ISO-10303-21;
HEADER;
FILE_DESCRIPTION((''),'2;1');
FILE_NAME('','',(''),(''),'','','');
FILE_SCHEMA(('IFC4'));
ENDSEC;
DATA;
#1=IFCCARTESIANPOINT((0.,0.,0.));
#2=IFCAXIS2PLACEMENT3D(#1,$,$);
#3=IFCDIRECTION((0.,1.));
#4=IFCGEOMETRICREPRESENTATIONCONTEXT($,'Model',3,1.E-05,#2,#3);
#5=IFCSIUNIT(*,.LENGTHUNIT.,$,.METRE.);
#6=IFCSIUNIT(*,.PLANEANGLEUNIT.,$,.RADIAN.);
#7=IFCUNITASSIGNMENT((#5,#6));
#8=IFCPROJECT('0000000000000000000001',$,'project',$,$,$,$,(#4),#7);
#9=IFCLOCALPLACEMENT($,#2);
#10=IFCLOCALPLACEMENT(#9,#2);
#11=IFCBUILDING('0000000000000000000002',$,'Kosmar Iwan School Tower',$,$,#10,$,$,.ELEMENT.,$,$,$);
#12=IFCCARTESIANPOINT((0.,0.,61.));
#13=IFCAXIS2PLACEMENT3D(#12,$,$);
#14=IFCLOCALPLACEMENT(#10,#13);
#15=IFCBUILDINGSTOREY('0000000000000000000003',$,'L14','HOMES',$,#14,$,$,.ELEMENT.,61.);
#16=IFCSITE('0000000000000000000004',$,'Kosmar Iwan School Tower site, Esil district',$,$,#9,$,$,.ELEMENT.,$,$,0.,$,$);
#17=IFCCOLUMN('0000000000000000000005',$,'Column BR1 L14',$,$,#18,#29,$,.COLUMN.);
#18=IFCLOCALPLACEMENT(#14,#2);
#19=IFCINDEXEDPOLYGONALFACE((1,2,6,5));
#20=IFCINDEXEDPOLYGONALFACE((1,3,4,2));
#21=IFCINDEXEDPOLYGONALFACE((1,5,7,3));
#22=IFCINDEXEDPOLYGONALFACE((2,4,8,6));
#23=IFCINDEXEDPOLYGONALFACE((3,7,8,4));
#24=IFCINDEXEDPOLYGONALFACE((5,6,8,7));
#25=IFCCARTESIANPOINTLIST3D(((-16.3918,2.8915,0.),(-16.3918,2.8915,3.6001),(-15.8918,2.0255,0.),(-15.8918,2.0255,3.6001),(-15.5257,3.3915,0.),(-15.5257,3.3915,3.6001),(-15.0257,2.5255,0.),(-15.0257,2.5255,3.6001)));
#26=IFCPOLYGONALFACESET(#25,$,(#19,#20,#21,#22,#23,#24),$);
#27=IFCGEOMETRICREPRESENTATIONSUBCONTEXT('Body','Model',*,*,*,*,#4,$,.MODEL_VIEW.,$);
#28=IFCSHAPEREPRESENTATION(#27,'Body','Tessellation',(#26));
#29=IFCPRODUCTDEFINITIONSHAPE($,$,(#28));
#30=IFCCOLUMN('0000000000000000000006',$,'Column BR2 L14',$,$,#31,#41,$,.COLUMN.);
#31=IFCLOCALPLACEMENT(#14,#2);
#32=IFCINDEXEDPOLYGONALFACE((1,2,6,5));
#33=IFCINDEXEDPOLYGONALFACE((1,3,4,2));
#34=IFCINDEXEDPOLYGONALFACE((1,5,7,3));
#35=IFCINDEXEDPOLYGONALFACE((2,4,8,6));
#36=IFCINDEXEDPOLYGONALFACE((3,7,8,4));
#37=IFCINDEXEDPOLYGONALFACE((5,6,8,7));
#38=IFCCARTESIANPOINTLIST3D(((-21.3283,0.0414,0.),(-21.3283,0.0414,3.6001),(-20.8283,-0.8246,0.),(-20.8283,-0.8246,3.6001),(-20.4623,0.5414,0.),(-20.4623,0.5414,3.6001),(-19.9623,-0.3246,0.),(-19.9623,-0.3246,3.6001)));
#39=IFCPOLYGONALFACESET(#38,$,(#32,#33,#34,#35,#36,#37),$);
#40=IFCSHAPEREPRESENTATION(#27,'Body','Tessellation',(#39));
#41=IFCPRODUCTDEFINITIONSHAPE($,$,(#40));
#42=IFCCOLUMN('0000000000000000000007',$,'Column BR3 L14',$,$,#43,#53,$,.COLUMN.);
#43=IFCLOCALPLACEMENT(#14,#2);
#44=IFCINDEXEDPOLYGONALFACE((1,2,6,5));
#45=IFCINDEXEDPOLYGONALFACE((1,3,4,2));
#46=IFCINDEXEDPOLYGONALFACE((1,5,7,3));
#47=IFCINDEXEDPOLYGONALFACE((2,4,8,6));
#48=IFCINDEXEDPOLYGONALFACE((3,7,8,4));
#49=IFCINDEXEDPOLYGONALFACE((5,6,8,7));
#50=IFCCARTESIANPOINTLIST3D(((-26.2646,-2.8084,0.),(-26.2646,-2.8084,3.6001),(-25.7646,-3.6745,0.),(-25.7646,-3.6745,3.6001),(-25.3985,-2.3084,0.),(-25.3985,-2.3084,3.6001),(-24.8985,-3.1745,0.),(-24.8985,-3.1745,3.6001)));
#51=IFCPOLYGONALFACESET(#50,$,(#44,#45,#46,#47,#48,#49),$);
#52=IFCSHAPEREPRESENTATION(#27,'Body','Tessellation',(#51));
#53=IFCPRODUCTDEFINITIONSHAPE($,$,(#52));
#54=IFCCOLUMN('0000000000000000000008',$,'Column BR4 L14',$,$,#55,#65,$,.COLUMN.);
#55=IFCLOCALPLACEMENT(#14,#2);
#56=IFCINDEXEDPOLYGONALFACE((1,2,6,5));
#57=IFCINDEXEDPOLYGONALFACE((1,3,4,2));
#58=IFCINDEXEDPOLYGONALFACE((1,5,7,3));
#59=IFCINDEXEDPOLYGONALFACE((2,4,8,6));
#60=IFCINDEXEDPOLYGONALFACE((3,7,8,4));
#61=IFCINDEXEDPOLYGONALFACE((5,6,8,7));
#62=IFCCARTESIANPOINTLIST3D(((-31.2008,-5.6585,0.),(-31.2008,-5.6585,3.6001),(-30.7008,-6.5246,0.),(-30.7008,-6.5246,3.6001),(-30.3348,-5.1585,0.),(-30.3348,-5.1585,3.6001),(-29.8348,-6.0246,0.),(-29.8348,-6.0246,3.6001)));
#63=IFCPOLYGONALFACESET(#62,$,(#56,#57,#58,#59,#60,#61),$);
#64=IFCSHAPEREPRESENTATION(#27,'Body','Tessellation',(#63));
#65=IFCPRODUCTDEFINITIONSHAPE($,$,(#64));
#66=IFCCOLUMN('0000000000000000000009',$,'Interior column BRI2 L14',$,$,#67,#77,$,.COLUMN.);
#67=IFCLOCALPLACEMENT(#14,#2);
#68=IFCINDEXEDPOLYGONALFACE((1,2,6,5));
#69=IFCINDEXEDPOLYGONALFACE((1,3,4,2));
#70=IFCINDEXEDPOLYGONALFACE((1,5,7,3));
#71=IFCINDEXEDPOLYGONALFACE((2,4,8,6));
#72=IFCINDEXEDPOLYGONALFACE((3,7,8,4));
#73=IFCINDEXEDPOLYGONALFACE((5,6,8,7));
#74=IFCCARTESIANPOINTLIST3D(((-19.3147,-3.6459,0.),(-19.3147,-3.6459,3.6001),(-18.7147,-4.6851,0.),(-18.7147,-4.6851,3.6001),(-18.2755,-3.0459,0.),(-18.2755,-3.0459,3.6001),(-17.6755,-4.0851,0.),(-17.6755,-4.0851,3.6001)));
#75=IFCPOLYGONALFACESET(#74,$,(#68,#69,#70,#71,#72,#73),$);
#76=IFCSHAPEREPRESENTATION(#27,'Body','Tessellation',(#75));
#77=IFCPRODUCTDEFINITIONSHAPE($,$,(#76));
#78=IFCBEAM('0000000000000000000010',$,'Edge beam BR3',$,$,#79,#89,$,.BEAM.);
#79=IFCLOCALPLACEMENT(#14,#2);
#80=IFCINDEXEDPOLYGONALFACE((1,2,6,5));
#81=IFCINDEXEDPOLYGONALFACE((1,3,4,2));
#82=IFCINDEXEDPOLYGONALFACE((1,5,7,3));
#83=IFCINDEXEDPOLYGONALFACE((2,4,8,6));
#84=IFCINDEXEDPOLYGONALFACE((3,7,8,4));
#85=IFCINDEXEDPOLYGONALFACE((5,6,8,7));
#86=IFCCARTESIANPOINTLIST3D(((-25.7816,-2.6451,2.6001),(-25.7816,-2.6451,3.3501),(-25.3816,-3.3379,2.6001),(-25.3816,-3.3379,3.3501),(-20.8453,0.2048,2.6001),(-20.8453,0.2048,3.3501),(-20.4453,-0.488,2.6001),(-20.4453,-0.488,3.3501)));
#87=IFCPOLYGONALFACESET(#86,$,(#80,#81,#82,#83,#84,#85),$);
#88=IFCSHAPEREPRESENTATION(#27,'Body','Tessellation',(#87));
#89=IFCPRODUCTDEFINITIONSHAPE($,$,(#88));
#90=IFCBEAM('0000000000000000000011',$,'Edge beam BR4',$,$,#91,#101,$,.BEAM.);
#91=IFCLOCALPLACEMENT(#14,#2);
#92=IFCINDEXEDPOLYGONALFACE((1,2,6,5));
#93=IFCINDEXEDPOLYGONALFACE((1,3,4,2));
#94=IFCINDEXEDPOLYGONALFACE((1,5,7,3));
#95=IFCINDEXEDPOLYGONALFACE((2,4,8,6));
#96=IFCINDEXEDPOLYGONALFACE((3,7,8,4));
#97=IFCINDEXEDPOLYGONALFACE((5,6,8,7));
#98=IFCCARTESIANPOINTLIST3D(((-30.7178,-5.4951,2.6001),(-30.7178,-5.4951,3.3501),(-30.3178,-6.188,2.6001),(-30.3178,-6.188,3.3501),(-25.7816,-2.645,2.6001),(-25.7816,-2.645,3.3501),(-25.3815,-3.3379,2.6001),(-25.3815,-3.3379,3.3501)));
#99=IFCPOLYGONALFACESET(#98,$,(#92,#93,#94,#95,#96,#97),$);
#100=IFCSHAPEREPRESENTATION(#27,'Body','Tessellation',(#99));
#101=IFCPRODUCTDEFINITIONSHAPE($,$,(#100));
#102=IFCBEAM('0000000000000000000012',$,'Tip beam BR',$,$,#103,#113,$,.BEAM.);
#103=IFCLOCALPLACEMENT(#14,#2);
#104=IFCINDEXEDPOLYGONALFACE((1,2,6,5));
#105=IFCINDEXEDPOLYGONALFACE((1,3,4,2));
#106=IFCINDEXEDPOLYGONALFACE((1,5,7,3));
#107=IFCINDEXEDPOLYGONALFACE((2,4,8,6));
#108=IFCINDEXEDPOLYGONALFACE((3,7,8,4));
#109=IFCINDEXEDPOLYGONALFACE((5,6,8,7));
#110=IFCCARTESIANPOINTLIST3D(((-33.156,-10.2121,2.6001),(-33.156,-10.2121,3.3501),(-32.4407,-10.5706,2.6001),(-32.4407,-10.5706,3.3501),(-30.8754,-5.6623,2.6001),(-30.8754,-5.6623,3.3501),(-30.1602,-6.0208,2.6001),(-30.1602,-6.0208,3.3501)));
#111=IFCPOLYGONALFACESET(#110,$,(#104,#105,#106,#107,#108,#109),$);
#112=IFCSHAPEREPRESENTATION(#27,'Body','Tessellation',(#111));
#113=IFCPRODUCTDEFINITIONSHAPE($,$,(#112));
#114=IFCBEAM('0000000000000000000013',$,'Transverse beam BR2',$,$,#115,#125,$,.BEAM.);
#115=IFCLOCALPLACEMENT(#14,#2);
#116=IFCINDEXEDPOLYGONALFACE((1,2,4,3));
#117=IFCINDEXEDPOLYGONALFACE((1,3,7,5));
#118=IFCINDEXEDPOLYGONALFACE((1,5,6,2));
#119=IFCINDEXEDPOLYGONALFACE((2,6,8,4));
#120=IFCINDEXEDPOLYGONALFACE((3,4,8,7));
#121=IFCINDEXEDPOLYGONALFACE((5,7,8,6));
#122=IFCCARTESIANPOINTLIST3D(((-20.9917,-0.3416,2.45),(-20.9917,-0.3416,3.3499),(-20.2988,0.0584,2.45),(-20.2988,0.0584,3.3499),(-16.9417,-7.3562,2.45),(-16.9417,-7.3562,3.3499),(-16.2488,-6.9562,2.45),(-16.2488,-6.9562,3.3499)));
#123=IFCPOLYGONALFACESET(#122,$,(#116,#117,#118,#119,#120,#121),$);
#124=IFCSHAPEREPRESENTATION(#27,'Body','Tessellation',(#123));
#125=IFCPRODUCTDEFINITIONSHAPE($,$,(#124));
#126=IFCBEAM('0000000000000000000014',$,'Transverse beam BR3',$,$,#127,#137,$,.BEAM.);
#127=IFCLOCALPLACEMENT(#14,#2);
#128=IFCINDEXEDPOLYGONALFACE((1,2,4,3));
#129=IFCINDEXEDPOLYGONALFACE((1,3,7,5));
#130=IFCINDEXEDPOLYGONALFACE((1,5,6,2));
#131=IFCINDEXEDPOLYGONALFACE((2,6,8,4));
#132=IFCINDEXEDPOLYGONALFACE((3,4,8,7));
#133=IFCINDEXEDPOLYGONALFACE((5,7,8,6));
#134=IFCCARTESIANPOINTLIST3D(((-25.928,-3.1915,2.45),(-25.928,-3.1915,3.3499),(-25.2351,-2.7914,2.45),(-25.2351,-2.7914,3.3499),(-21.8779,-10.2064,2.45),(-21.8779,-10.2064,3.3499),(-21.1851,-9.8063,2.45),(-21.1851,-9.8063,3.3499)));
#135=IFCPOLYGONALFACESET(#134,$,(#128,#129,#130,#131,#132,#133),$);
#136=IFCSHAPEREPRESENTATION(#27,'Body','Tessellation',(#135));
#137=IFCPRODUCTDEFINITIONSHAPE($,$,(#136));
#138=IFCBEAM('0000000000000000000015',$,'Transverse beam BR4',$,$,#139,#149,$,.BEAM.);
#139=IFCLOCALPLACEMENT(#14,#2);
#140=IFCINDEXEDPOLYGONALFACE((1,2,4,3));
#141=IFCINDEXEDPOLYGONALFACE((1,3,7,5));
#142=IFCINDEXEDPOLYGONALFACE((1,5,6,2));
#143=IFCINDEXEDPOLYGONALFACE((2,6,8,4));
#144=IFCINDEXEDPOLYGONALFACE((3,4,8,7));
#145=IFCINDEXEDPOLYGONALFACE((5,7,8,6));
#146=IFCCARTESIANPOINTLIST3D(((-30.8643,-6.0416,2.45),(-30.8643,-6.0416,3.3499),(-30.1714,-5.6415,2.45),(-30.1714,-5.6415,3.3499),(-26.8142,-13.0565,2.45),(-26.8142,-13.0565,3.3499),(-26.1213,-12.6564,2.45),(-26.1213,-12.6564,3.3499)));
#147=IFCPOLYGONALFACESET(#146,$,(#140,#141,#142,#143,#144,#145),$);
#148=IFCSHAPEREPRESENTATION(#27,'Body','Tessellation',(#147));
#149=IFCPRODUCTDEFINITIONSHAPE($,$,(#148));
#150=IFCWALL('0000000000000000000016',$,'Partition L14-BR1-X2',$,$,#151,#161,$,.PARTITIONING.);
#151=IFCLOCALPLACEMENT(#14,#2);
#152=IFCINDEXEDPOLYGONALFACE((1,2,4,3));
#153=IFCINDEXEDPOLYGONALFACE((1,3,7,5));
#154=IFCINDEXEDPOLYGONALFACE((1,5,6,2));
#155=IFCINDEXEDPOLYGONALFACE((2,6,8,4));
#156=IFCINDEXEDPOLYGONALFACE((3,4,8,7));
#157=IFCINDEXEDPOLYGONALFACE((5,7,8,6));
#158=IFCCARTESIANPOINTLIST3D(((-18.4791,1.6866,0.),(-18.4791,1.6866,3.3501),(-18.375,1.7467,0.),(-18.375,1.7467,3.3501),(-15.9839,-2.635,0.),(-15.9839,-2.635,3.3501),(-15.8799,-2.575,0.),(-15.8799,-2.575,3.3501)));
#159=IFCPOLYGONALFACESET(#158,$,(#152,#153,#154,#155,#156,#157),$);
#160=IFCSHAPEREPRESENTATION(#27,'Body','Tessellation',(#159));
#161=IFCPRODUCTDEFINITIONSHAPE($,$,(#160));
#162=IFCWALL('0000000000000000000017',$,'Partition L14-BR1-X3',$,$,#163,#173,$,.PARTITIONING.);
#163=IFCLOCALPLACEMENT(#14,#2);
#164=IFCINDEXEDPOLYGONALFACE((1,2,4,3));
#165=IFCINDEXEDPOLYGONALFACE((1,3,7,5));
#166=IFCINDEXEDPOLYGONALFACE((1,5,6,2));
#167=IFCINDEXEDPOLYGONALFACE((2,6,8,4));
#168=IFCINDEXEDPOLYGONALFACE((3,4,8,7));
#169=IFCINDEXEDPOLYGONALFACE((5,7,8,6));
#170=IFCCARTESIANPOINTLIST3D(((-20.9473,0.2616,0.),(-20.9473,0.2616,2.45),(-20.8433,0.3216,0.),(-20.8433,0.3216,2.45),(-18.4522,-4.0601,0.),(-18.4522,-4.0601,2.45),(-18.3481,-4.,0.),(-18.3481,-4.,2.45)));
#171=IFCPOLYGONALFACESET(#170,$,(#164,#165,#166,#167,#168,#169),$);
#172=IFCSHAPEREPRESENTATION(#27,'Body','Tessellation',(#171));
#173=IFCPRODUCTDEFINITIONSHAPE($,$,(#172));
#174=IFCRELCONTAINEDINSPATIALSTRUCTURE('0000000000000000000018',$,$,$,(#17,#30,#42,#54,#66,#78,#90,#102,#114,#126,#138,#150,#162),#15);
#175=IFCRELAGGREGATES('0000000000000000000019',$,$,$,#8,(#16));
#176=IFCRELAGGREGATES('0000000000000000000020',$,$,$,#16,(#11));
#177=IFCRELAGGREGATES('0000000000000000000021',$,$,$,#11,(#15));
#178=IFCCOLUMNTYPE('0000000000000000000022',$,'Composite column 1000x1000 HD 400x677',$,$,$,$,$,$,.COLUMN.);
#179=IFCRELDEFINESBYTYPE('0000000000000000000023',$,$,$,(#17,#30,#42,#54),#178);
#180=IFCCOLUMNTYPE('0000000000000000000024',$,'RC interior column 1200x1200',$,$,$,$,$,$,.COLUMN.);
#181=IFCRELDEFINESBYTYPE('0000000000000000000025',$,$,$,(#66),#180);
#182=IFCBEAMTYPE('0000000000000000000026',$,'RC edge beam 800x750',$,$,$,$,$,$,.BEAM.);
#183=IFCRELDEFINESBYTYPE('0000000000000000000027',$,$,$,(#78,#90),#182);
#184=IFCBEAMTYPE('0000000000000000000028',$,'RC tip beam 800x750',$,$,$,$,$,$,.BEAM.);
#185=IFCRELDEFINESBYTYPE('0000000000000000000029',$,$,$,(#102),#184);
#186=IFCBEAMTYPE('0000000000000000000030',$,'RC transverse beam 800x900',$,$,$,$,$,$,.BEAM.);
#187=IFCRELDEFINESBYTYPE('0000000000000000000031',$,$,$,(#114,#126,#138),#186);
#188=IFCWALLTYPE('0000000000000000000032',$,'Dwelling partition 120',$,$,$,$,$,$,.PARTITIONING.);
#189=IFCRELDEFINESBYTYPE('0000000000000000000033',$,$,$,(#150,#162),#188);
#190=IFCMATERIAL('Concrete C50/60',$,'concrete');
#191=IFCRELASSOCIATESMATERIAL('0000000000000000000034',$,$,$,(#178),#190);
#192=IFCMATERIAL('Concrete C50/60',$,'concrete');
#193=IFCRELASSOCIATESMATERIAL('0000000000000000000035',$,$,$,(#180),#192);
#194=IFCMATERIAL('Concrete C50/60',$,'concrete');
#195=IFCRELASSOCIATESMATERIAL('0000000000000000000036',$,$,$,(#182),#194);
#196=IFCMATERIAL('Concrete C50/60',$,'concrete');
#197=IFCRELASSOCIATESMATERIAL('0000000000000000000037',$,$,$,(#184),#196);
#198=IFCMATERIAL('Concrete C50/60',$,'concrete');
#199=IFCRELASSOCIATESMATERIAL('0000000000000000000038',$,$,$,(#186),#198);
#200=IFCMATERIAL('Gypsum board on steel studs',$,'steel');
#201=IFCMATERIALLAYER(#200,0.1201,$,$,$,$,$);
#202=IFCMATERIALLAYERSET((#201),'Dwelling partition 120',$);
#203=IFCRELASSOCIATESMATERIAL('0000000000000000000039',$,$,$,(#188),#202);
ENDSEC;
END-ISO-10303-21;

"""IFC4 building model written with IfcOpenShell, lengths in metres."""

from ifc_helpers import new_model, si_unit, direction, frame, frame_2d, origin, origin_2d, place, context, subcontext, project, spatial, rectangle, extrude, material, layer, layer_set, material_profile, profile_set, type_object, element, save


model = new_model("IFC4")

# Units and contexts
model_context = context("Model", 3, precision=1e-05, world=origin(), true_north=direction((0.0, 1.0)))
body_context = subcontext(model_context, "Body", "Model", "MODEL_VIEW")
ifc_project = project(units=[si_unit("LENGTHUNIT", "METRE"), si_unit("PLANEANGLEUNIT", "RADIAN")], contexts=[model_context])

# Site, building, storey
site_placement = place(None, origin())
site = spatial("IfcSite", under=ifc_project, at=site_placement, Name="Kosmar Iwan School Tower site, Esil district", CompositionType="ELEMENT", RefElevation=0.0)
building_placement = place(site_placement, origin())
building = spatial("IfcBuilding", under=site, at=building_placement, Name="Kosmar Iwan School Tower", CompositionType="ELEMENT")
storey_placement = place(building_placement, frame((0.0, 0.0, 61.0)))
storey = spatial("IfcBuildingStorey", under=building, at=storey_placement, Name="L14", Description="HOMES", CompositionType="ELEMENT", Elevation=61.0)

# Columns
ifc_material_1 = material(Name="Concrete C50/60", Category="concrete")
ifc_material_profile_1 = material_profile(ifc_material_1, rectangle(XDim=1.0, YDim=1.0, at=origin_2d()), Name="RC 1000x1000 + HD 400x677")
ifc_profile_set_1 = profile_set([ifc_material_profile_1], Name="Concrete C50/60")
column_type_1 = type_object("IfcColumnType", Name="Composite column 1000x1000 HD 400x677", PredefinedType="COLUMN", material=ifc_profile_set_1)
for number, where, z_axis, x_axis, name in (
    (1, (-15.7087, 2.7085, 0.0), (0.0, 0.0, 1.0), (-0.866025, -0.5, 0.0), "Column BR1 L14"),
    (2, (-20.6453, -0.1416, 0.0), (0.0, 0.0, 1.0), (-0.866025, -0.5, 0.0), "Column BR2 L14"),
    (3, (-25.5815, -2.9915, 0.0), (0.0, 0.0, 1.0), (-0.866025, -0.5, 0.0), "Column BR3 L14"),
    (4, (-30.5178, -5.8416, 0.0), (0.0, 0.0, 1.0), (-0.866025, -0.5, 0.0), "Column BR4 L14"),
):
    element("IfcColumn", number, at=place(storey_placement, frame(where, z_axis=z_axis, x_axis=x_axis)), inside=storey, type_object=column_type_1, Name=name, PredefinedType="COLUMN", context=body_context, shape_type="SweptSolid", body=[
        extrude(rectangle(XDim=1.0, YDim=1.0, at=origin_2d()), origin(), (0.0, 0.0, 1.0), 3.6001),
    ])
ifc_material_2 = material(Name="Concrete C50/60", Category="concrete")
ifc_material_profile_2 = material_profile(ifc_material_2, rectangle(XDim=1.2, YDim=1.2, at=origin_2d()), Name="RC 1200x1200")
ifc_profile_set_2 = profile_set([ifc_material_profile_2], Name="Concrete C50/60")
column_type_2 = type_object("IfcColumnType", Name="RC interior column 1200x1200", PredefinedType="COLUMN", material=ifc_profile_set_2)
column_placement = place(storey_placement, frame((-18.4951, -3.8655, 0.0), z_axis=(0.0, 0.0, 1.0), x_axis=(-0.866025, -0.5, 0.0)))
element("IfcColumn", 5, at=column_placement, inside=storey, type_object=column_type_2, Name="Interior column BRI2 L14", PredefinedType="COLUMN", context=body_context, shape_type="SweptSolid", body=[
    extrude(rectangle(XDim=1.2, YDim=1.2, at=origin_2d()), origin(), (0.0, 0.0, 1.0), 3.6001),
])

# Beams
ifc_material_3 = material(Name="Concrete C50/60", Category="concrete")
ifc_material_profile_3 = material_profile(ifc_material_3, rectangle(XDim=0.8, YDim=0.75, at=origin_2d()), Name="RC 800x750")
ifc_profile_set_3 = profile_set([ifc_material_profile_3], Name="Concrete C50/60")
beam_type_1 = type_object("IfcBeamType", Name="RC edge beam 800x750", PredefinedType="BEAM", material=ifc_profile_set_3)
for number, where, z_axis, x_axis, name in (
    (6, (-20.6453, -0.1416, 2.9751), (-0.866034, -0.499986, 0.0), (0.499986, -0.866034, 0.0), "Edge beam BR3"),
    (7, (-25.5815, -2.9915, 2.9751), (-0.866015, -0.500018, 0.0), (0.500018, -0.866015, 0.0), "Edge beam BR4"),
):
    element("IfcBeam", number, at=place(storey_placement, frame(where, z_axis=z_axis, x_axis=x_axis)), inside=storey, type_object=beam_type_1, Name=name, PredefinedType="BEAM", context=body_context, shape_type="SweptSolid", body=[
        extrude(rectangle(XDim=0.8, YDim=0.75, at=origin_2d()), origin(), (0.0, 0.0, 1.0), 5.7),
    ])
ifc_material_4 = material(Name="Concrete C50/60", Category="concrete")
ifc_material_profile_4 = material_profile(ifc_material_4, rectangle(XDim=0.8, YDim=0.75, at=origin_2d()), Name="RC 800x750")
ifc_profile_set_4 = profile_set([ifc_material_profile_4], Name="Concrete C50/60")
beam_type_2 = type_object("IfcBeamType", Name="RC tip beam 800x750", PredefinedType="BEAM", material=ifc_profile_set_4)
beam_1_placement = place(storey_placement, frame((-30.5178, -5.8416, 2.9751), z_axis=(-0.448096, -0.893985, 0.0), x_axis=(0.893985, -0.448096, 0.0)))
element("IfcBeam", 8, at=beam_1_placement, inside=storey, type_object=beam_type_2, Name="Tip beam BR", PredefinedType="BEAM", context=body_context, shape_type="SweptSolid", body=[
    extrude(rectangle(XDim=0.8, YDim=0.75, at=origin_2d()), origin(), (0.0, 0.0, 1.0), 5.0894),
])
ifc_material_5 = material(Name="Concrete C50/60", Category="concrete")
ifc_material_profile_5 = material_profile(ifc_material_5, rectangle(XDim=0.8, YDim=0.8999, at=origin_2d()), Name="RC 800x900")
ifc_profile_set_5 = profile_set([ifc_material_profile_5], Name="Concrete C50/60")
beam_type_3 = type_object("IfcBeamType", Name="RC transverse beam 800x900", PredefinedType="BEAM", material=ifc_profile_set_5)
beam_2_placement = place(storey_placement, frame((-20.6453, -0.1416, 2.8999), z_axis=(0.500013, -0.866018, 0.0), x_axis=(0.866018, 0.500013, 0.0)))
element("IfcBeam", 9, at=beam_2_placement, inside=storey, type_object=beam_type_3, Name="Transverse beam BR2", PredefinedType="BEAM", context=body_context, shape_type="SweptSolid", body=[
    extrude(rectangle(XDim=0.8, YDim=0.8999, at=origin_2d()), origin(), (0.0, 0.0, 1.0), 8.0999),
])
for number, where, z_axis, x_axis, name in (
    (10, (-25.5815, -2.9915, 2.8999), (0.5, -0.866025, 0.0), (0.866025, 0.5, 0.0), "Transverse beam BR3"),
    (11, (-30.5178, -5.8416, 2.8999), (0.5, -0.866025, 0.0), (0.866025, 0.5, 0.0), "Transverse beam BR4"),
):
    element("IfcBeam", number, at=place(storey_placement, frame(where, z_axis=z_axis, x_axis=x_axis)), inside=storey, type_object=beam_type_3, Name=name, PredefinedType="BEAM", context=body_context, shape_type="SweptSolid", body=[
        extrude(rectangle(XDim=0.8, YDim=0.8999, at=origin_2d()), origin(), (0.0, 0.0, 1.0), 8.1001),
    ])

# Walls
ifc_material_6 = material(Name="Gypsum board on steel studs", Category="steel")
ifc_layer = layer(ifc_material_6, 0.1201)
ifc_layer_set = layer_set([ifc_layer], Name="Dwelling partition 120")
wall_type = type_object("IfcWallType", Name="Dwelling partition 120", PredefinedType="PARTITIONING", material=ifc_layer_set)
wall_1_placement = place(storey_placement, frame((-15.9319, -2.605, 0.0), z_axis=(0.0, 0.0, 1.0), x_axis=(-0.500012, 0.866019, 0.0)))
element("IfcWall", 12, at=wall_1_placement, inside=storey, type_object=wall_type, Name="Partition L14-BR1-X2", PredefinedType="PARTITIONING", context=body_context, shape_type="SweptSolid", body=[
    extrude(rectangle(XDim=4.9902, YDim=0.1201, at=frame_2d((2.4951, 0.0))), origin(), (0.0, 0.0, 1.0), 3.3501),
])
wall_2_placement = place(storey_placement, frame((-18.4001, -4.03, 0.0), z_axis=(0.0, 0.0, 1.0), x_axis=(-0.500012, 0.866019, 0.0)))
element("IfcWall", 13, at=wall_2_placement, inside=storey, type_object=wall_type, Name="Partition L14-BR1-X3", PredefinedType="PARTITIONING", context=body_context, shape_type="SweptSolid", body=[
    extrude(rectangle(XDim=4.9902, YDim=0.1201, at=frame_2d((2.4951, 0.0))), origin(), (0.0, 0.0, 1.0), 2.45),
])

save(model, "model.ifc")
